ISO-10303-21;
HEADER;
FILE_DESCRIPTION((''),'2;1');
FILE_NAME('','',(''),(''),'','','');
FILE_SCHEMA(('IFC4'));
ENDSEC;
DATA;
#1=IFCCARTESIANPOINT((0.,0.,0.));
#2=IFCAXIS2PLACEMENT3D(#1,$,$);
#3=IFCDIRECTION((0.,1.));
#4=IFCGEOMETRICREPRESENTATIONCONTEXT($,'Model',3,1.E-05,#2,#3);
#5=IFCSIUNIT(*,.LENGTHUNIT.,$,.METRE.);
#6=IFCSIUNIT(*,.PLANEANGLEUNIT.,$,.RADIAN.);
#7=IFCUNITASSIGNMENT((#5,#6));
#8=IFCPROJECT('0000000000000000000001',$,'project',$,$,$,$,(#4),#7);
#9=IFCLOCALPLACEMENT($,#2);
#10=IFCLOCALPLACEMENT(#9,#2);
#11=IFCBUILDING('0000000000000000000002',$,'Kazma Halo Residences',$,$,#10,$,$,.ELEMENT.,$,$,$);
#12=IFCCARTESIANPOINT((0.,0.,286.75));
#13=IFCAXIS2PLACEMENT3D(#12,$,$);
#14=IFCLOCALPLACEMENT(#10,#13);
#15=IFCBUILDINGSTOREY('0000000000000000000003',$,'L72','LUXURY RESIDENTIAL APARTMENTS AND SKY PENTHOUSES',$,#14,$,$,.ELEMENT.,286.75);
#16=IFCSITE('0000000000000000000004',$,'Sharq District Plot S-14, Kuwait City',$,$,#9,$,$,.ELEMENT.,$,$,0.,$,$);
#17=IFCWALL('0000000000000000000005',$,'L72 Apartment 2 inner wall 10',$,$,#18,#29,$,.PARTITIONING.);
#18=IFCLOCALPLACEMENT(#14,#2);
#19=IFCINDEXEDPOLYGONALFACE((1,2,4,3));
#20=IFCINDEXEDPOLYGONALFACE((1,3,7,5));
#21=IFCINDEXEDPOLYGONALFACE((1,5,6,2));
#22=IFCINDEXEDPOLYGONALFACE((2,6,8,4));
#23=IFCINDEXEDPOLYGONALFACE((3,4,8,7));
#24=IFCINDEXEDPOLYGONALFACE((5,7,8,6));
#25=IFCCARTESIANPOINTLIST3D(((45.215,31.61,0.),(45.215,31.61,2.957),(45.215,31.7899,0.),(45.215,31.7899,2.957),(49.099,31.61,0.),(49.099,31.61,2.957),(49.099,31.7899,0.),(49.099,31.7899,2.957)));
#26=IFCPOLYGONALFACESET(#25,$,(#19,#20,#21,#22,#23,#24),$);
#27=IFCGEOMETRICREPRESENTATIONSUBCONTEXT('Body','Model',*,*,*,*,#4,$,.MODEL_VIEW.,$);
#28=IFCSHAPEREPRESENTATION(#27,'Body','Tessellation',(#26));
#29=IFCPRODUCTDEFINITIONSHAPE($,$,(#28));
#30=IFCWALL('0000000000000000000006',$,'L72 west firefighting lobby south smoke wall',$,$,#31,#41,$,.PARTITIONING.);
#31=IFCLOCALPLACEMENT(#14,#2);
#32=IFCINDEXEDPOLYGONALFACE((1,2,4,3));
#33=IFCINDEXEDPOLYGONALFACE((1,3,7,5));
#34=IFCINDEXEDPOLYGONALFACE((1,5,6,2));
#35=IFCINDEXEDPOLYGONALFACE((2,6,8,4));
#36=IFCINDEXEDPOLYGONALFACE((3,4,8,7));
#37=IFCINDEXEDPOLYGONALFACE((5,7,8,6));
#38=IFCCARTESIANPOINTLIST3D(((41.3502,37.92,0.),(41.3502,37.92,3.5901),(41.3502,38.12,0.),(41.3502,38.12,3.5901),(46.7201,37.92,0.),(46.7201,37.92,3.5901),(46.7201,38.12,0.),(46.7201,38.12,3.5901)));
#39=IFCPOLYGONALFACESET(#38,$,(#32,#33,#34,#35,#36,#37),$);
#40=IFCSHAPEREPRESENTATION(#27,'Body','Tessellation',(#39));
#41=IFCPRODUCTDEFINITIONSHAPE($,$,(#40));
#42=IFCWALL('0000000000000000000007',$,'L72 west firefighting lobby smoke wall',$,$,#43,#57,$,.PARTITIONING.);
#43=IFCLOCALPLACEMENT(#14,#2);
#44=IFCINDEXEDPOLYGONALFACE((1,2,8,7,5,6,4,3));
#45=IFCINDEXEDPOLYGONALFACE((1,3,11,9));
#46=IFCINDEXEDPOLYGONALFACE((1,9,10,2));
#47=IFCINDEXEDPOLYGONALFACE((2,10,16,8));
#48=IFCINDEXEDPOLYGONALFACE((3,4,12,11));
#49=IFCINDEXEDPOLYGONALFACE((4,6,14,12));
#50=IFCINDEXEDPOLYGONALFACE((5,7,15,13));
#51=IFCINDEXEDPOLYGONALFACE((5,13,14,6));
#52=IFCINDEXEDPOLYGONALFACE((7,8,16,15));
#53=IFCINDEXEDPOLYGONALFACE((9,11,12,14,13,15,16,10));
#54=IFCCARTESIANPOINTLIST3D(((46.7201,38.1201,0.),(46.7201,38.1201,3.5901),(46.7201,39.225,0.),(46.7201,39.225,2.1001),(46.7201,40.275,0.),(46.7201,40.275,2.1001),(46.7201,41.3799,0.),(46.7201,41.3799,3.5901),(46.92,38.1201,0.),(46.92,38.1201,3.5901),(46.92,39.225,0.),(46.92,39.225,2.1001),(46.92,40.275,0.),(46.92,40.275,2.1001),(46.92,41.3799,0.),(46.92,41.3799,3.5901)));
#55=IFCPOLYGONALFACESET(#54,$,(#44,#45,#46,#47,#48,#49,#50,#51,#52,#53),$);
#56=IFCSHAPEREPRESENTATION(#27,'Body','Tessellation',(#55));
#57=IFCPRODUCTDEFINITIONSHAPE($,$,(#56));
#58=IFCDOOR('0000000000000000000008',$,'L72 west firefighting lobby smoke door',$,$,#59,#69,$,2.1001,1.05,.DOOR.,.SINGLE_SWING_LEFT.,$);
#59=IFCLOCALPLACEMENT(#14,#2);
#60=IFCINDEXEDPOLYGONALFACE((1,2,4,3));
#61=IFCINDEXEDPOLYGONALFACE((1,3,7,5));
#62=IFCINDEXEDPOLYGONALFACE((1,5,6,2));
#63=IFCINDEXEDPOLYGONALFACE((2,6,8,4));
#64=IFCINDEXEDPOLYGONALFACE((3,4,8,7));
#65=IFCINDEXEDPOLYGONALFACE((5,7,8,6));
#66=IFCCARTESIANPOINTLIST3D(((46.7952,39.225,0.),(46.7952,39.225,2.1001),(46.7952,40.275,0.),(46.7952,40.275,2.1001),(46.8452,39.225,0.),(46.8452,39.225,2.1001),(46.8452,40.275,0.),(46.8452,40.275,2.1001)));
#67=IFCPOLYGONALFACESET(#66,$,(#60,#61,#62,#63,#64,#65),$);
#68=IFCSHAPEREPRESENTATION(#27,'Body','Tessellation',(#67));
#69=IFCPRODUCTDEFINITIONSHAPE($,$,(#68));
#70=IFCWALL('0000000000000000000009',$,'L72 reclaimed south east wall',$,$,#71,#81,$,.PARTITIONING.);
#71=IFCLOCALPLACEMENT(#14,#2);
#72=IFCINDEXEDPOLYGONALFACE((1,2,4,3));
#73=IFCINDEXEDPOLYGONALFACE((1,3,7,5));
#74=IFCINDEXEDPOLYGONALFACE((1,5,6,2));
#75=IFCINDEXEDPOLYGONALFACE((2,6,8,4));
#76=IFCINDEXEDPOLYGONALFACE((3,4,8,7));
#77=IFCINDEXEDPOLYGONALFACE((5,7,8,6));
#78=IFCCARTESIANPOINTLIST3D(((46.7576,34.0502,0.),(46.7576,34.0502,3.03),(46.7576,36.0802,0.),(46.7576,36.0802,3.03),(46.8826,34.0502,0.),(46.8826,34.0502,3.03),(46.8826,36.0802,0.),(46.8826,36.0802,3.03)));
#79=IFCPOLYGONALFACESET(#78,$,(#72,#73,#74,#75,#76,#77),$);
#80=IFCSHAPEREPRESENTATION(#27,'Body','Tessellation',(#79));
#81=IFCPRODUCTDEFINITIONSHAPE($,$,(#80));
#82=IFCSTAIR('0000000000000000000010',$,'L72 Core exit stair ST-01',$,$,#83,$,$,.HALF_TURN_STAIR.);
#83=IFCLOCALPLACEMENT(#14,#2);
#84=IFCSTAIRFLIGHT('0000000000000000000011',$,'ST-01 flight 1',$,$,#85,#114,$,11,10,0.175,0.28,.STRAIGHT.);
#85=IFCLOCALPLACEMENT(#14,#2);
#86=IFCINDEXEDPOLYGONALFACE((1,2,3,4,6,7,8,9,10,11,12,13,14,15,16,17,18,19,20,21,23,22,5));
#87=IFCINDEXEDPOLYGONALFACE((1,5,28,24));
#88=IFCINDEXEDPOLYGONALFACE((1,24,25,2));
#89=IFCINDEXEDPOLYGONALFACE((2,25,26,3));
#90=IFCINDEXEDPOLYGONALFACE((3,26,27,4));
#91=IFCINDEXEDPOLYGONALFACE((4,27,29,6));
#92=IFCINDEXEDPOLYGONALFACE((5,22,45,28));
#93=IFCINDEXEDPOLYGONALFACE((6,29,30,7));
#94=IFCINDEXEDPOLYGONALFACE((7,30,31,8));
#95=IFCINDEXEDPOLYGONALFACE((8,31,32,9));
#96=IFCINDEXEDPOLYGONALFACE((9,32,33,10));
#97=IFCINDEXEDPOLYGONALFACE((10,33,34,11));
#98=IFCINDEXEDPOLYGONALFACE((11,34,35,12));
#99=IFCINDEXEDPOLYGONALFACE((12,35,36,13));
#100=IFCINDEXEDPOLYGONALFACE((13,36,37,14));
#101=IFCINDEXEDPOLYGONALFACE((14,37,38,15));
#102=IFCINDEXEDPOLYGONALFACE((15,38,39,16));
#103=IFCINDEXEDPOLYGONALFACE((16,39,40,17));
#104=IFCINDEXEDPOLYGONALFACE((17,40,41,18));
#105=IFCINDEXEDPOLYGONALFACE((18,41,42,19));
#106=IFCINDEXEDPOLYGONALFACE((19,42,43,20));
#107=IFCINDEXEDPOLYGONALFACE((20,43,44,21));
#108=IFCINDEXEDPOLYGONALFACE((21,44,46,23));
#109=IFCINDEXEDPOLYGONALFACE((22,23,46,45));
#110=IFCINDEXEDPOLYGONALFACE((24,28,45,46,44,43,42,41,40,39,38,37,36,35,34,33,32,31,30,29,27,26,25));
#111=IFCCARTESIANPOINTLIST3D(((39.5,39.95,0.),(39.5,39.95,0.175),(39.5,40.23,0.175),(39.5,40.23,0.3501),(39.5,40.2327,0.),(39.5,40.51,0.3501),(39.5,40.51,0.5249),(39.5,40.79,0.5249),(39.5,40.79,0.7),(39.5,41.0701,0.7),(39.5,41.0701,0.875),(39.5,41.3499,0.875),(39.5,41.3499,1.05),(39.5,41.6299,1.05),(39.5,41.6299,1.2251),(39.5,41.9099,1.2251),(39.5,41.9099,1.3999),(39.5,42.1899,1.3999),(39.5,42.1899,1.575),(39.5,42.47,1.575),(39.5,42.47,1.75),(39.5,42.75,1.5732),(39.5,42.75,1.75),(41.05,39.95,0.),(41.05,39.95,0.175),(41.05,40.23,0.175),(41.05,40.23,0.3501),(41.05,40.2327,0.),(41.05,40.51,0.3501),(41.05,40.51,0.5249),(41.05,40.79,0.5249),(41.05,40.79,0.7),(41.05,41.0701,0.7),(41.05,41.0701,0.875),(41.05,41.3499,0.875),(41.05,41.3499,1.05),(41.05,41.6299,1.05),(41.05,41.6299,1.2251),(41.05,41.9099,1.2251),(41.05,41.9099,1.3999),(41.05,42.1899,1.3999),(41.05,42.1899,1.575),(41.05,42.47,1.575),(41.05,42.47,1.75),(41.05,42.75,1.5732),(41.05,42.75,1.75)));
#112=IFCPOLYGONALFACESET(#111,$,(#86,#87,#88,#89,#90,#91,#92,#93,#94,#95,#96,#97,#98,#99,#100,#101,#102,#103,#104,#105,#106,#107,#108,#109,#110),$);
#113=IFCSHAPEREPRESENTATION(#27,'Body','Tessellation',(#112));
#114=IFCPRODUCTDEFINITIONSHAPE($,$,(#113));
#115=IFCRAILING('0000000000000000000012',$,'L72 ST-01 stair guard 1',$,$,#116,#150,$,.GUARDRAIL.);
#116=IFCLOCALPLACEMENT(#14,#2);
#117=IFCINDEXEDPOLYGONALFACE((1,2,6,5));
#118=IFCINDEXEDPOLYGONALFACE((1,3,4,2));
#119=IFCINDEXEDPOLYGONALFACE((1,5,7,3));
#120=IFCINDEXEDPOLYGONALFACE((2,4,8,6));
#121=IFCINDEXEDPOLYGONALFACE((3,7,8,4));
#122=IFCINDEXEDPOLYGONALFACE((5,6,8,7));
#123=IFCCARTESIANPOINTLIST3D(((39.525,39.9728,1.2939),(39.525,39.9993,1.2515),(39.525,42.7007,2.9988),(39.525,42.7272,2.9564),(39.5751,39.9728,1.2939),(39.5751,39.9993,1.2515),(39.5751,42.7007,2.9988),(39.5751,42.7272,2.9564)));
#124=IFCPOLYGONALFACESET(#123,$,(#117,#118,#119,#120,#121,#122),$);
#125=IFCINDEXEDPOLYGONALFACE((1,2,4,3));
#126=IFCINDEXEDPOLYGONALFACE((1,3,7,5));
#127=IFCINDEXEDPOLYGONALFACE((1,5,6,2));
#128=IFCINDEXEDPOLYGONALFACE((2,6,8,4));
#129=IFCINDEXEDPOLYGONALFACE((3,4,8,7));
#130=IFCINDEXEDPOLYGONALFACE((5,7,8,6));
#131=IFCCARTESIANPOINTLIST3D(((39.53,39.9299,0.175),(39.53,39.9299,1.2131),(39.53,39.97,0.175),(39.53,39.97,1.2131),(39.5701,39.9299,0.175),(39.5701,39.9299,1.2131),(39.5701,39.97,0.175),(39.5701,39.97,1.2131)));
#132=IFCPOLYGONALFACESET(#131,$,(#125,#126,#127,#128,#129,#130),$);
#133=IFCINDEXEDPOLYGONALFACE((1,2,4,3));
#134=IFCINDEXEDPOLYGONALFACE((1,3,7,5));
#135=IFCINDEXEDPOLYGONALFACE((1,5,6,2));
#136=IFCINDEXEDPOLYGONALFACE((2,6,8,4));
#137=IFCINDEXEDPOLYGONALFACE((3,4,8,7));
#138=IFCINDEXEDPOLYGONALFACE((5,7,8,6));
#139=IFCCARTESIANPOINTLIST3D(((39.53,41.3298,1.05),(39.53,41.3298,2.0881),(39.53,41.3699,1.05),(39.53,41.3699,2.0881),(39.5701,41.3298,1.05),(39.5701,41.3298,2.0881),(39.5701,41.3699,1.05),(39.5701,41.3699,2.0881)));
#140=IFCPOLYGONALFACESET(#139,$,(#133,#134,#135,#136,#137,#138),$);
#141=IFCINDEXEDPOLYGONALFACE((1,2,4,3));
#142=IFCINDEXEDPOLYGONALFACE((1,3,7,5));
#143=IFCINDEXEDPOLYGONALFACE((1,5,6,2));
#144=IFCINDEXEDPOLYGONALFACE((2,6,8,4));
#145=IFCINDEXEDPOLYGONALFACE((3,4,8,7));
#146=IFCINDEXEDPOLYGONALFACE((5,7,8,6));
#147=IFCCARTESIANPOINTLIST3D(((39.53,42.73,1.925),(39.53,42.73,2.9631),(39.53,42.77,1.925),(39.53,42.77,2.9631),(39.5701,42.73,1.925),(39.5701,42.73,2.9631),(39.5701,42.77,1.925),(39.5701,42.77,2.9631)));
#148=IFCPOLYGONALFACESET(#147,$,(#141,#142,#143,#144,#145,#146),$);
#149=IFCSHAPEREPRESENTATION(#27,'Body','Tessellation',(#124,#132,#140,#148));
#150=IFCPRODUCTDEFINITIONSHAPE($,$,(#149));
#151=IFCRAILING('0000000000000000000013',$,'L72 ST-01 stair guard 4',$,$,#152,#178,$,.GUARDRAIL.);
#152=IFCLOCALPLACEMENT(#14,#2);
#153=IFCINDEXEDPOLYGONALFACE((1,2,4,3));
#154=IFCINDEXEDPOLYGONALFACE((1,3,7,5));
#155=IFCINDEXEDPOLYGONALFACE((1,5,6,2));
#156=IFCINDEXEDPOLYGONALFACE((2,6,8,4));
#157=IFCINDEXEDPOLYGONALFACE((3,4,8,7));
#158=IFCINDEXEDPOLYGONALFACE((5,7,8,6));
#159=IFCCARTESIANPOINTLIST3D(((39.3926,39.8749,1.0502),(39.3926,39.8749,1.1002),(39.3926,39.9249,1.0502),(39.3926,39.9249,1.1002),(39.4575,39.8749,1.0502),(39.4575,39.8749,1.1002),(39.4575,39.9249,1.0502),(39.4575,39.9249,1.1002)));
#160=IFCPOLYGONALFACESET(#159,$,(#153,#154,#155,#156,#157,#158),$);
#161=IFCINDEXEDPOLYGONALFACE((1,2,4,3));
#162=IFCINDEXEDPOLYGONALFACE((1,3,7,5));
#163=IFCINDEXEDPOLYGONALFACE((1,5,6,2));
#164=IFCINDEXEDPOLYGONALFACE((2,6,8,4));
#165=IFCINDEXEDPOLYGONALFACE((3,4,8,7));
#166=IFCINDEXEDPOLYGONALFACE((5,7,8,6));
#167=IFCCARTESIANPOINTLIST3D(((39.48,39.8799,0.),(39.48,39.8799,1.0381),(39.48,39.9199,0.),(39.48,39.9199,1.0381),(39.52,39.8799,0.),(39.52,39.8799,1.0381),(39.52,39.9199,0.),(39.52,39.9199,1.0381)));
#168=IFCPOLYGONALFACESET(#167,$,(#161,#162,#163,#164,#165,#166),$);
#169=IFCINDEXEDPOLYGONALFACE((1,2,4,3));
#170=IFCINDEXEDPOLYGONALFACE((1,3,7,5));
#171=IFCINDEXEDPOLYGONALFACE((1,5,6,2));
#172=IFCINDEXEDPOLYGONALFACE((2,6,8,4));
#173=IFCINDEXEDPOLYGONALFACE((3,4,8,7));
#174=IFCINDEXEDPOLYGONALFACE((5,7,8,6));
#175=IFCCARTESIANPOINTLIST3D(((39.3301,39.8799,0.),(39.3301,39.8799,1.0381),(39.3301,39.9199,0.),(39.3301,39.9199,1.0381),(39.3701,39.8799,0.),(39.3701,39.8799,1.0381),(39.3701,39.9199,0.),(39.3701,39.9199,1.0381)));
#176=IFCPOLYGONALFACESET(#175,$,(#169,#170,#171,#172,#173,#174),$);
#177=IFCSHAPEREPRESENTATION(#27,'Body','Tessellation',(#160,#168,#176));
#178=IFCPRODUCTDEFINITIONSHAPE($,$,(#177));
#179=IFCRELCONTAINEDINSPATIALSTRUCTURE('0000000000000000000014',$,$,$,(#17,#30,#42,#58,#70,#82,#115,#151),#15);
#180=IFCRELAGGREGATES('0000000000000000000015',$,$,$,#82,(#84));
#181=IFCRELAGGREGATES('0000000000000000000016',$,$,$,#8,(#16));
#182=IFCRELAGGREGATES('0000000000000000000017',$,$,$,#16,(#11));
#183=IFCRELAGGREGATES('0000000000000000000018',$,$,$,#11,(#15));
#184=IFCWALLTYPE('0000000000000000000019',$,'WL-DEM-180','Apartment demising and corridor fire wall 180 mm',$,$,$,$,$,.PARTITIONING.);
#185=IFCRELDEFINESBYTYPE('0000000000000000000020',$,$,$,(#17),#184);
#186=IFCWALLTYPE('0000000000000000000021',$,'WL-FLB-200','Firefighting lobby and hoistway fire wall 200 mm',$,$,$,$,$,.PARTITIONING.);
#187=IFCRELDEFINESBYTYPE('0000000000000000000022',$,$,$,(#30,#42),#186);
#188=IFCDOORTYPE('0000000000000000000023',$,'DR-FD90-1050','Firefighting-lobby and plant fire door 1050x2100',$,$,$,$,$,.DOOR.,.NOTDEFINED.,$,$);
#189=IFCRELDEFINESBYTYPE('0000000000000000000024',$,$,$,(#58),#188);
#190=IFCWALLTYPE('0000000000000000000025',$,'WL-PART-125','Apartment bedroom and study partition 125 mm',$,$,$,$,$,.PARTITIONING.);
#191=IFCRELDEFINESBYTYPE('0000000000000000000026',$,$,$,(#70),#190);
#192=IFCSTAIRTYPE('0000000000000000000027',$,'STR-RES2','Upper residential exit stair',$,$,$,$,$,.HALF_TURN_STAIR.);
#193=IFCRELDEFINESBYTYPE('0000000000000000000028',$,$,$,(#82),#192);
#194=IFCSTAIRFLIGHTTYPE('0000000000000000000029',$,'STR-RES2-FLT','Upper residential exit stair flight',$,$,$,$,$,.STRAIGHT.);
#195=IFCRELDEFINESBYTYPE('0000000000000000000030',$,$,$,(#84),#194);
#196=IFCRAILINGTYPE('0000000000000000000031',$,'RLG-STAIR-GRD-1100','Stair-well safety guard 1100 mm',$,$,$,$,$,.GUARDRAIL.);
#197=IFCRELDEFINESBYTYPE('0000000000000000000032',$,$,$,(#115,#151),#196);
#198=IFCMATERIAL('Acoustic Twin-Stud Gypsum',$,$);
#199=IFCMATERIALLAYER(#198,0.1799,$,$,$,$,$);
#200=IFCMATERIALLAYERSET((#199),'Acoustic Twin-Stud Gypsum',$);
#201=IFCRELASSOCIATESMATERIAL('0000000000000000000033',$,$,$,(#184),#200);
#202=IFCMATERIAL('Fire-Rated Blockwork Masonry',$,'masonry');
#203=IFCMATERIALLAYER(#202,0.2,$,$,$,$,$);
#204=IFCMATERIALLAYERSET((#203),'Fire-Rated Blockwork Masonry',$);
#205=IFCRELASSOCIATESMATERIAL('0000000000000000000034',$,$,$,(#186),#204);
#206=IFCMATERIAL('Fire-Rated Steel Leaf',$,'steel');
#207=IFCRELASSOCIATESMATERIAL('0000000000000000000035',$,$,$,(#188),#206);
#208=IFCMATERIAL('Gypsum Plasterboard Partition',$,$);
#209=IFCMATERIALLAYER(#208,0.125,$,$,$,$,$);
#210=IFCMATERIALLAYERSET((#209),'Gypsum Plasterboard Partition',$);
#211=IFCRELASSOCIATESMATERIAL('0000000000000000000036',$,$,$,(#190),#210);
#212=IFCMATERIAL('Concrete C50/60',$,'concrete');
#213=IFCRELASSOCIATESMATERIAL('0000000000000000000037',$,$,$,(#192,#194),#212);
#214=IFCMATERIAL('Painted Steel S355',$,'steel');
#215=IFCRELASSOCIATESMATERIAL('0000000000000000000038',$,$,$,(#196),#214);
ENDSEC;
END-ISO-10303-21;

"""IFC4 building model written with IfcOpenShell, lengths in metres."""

from ifc_helpers import new_model, si_unit, direction, frame, frame_2d, origin, origin_2d, place, context, subcontext, project, spatial, polyline, rectangle, outline, extrude, material, layer, layer_set, type_object, element, fill, aggregate, save


model = new_model("IFC4")

# Units and contexts
model_context = context("Model", 3, precision=1e-05, world=origin(), true_north=direction((0.0, 1.0)))
body_context = subcontext(model_context, "Body", "Model", "MODEL_VIEW")
ifc_project = project(units=[si_unit("LENGTHUNIT", "METRE"), si_unit("PLANEANGLEUNIT", "RADIAN")], contexts=[model_context])

# Site, building, storey
site_placement = place(None, origin())
site = spatial("IfcSite", under=ifc_project, at=site_placement, Name="Sharq District Plot S-14, Kuwait City", CompositionType="ELEMENT", RefElevation=0.0)
building_placement = place(site_placement, origin())
building = spatial("IfcBuilding", under=site, at=building_placement, Name="Kazma Halo Residences", CompositionType="ELEMENT")
storey_placement = place(building_placement, frame((0.0, 0.0, 286.75)))
storey = spatial("IfcBuildingStorey", under=building, at=storey_placement, Name="L72", Description="LUXURY RESIDENTIAL APARTMENTS AND SKY PENTHOUSES", CompositionType="ELEMENT", Elevation=286.75)

# Shared definitions
ifc_material_1 = material(Name="Acoustic Twin-Stud Gypsum")
ifc_layer_1 = layer(ifc_material_1, 0.1799)
ifc_layer_set_1 = layer_set([ifc_layer_1], Name="Acoustic Twin-Stud Gypsum")
wall_type_1 = type_object("IfcWallType", Name="WL-DEM-180", Description="Apartment demising and corridor fire wall 180 mm", PredefinedType="PARTITIONING", material=ifc_layer_set_1)

# Walls
wall_1_placement = place(storey_placement, frame((45.2151, 31.7, 0.0), z_axis=(0.0, 0.0, 1.0), x_axis=(1.0, 0.0, 0.0)))
element("IfcWall", 1, at=wall_1_placement, inside=storey, type_object=wall_type_1, Name="L72 Apartment 2 inner wall 10", PredefinedType="PARTITIONING", context=body_context, shape_type="SweptSolid", body=[
    extrude(rectangle(XDim=3.884, YDim=0.1799, at=frame_2d((1.9419, 0.0))), origin(), (0.0, 0.0, 1.0), 2.957),
])
ifc_material_2 = material(Name="Fire-Rated Blockwork Masonry", Category="masonry")
ifc_layer_2 = layer(ifc_material_2, 0.2)
ifc_layer_set_2 = layer_set([ifc_layer_2], Name="Fire-Rated Blockwork Masonry")
wall_type_2 = type_object("IfcWallType", Name="WL-FLB-200", Description="Firefighting lobby and hoistway fire wall 200 mm", PredefinedType="PARTITIONING", material=ifc_layer_set_2)
wall_2_placement = place(storey_placement, frame((41.3501, 38.02, 0.0), z_axis=(0.0, 0.0, 1.0), x_axis=(1.0, 0.0, 0.0)))
element("IfcWall", 2, at=wall_2_placement, inside=storey, type_object=wall_type_2, Name="L72 west firefighting lobby south smoke wall", PredefinedType="PARTITIONING", context=body_context, shape_type="SweptSolid", body=[
    extrude(rectangle(XDim=5.3699, YDim=0.2, at=frame_2d((2.6851, 0.0))), origin(), (0.0, 0.0, 1.0), 3.5901),
])

# Wall, opening, door
wall_3_placement = place(storey_placement, frame((46.8201, 38.1201, 0.0), z_axis=(0.0, 0.0, 1.0), x_axis=(0.0, 1.0, 0.0)))
wall_3 = element("IfcWall", 3, at=wall_3_placement, inside=storey, type_object=wall_type_2, Name="L72 west firefighting lobby smoke wall", PredefinedType="PARTITIONING", context=body_context, shape_type="SweptSolid", body=[
    extrude(rectangle(XDim=3.2598, YDim=0.2, at=frame_2d((1.6299, 0.0))), origin(), (0.0, 0.0, 1.0), 3.5901),
])
opening_1_placement = place(wall_3_placement, frame((1.105, 0.0, 0.0)))
opening_1 = element("IfcOpeningElement", 4, at=opening_1_placement, cuts=wall_3, PredefinedType="OPENING", context=body_context, shape_type="SweptSolid", body=[
    extrude(rectangle(XDim=1.05, YDim=2.1001, at=frame_2d((0.5249, 1.05))), frame((0.0, 0.1099, 0.0), z_axis=(0.0, -1.0, 0.0), x_axis=(1.0, 0.0, 0.0)), (0.0, 0.0, 1.0), 0.22),
])
ifc_material_3 = material(Name="Fire-Rated Steel Leaf", Category="steel")
door_type_1 = type_object("IfcDoorType", Name="DR-FD90-1050", Description="Firefighting-lobby and plant fire door 1050x2100", OperationType="NOTDEFINED", PredefinedType="DOOR", material=ifc_material_3)
door_1_placement = place(opening_1_placement, origin())
door_1 = element("IfcDoor", 5, at=door_1_placement, inside=storey, type_object=door_type_1, Name="L72 west firefighting lobby smoke door", OperationType="SINGLE_SWING_LEFT", OverallHeight=2.1001, OverallWidth=1.05, PredefinedType="DOOR", context=body_context, shape_type="SweptSolid", body=[
    extrude(rectangle(XDim=1.05, YDim=2.1001, at=frame_2d((0.5249, 1.05))), frame((0.0, 0.0249, 0.0), z_axis=(0.0, -1.0, 0.0), x_axis=(1.0, 0.0, 0.0)), (0.0, 0.0, 1.0), 0.05),
])
fill(opening_1, door_1)

# Wall
ifc_material_4 = material(Name="Gypsum Plasterboard Partition")
ifc_layer_3 = layer(ifc_material_4, 0.125)
ifc_layer_set_3 = layer_set([ifc_layer_3], Name="Gypsum Plasterboard Partition")
wall_type_3 = type_object("IfcWallType", Name="WL-PART-125", Description="Apartment bedroom and study partition 125 mm", PredefinedType="PARTITIONING", material=ifc_layer_set_3)
wall_4_placement = place(storey_placement, frame((46.8201, 34.05, 0.0), z_axis=(0.0, 0.0, 1.0), x_axis=(0.0, 1.0, 0.0)))
element("IfcWall", 6, at=wall_4_placement, inside=storey, type_object=wall_type_3, Name="L72 reclaimed south east wall", PredefinedType="PARTITIONING", context=body_context, shape_type="SweptSolid", body=[
    extrude(rectangle(XDim=2.03, YDim=0.125, at=frame_2d((1.0151, 0.0))), origin(), (0.0, 0.0, 1.0), 3.03),
])

# Shared definitions
ifc_material_5 = material(Name="Concrete C50/60", Category="concrete")

# Stair, stair flight
stair_type = type_object("IfcStairType", Name="STR-RES2", Description="Upper residential exit stair", PredefinedType="HALF_TURN_STAIR", material=ifc_material_5)
stair_placement = place(storey_placement, origin())
stair = element("IfcStair", 7, at=stair_placement, inside=storey, type_object=stair_type, Name="L72 Core exit stair ST-01", PredefinedType="HALF_TURN_STAIR")
stair_flight_type = type_object("IfcStairFlightType", Name="STR-RES2-FLT", Description="Upper residential exit stair flight", PredefinedType="STRAIGHT", material=ifc_material_5)
stair_flight_placement = place(storey_placement, frame((40.2749, 39.95, 0.0), z_axis=(0.0, 0.0, 1.0), x_axis=(0.0, 1.0, 0.0)))
stair_flight = element("IfcStairFlight", 8, at=stair_flight_placement, type_object=stair_flight_type, Name="ST-01 flight 1", NumberOfRisers=11, NumberOfTreads=10, PredefinedType="STRAIGHT", RiserHeight=0.175, TreadLength=0.28, context=body_context, shape_type="SweptSolid", body=[
    extrude(outline(polyline([(0.0, 0.0), (0.0, 0.175), (0.28, 0.175), (0.28, 0.3501), (0.5601, 0.3501), (0.5601, 0.5249), (0.8401, 0.5249), (0.8401, 0.7), (1.1201, 0.7), (1.1201, 0.875), (1.3999, 0.875), (1.3999, 1.05), (1.6799, 1.05), (1.6799, 1.2251), (1.96, 1.2251), (1.96, 1.3999), (2.24, 1.3999), (2.24, 1.575), (2.52, 1.575), (2.52, 1.75), (2.8, 1.75), (2.8, 1.925), (2.8, 1.5732), (0.2827, 0.0), (0.0, 0.0)])), frame((0.0, 0.7749, 0.0), z_axis=(0.0, -1.0, 0.0), x_axis=(1.0, 0.0, 0.0)), (0.0, 0.0, 1.0), 1.55),
])
aggregate(stair, [stair_flight])

# Railings
ifc_material_6 = material(Name="Painted Steel S355", Category="steel")
railing_type_1 = type_object("IfcRailingType", Name="RLG-STAIR-GRD-1100", Description="Stair-well safety guard 1100 mm", PredefinedType="GUARDRAIL", material=ifc_material_6)
railing_1_placement = place(storey_placement, frame((39.55, 39.95, 0.175)))
element("IfcRailing", 9, at=railing_1_placement, inside=storey, type_object=railing_type_1, Name="L72 ST-01 stair guard 1", PredefinedType="GUARDRAIL", context=body_context, shape_type="SweptSolid", body=[
    extrude(rectangle(XDim=0.05, YDim=0.05, at=origin_2d()), frame((0.0, 0.0361, 1.0977), z_axis=(0.0, 0.848002, 0.529992), x_axis=(-1.0, 0.0, 0.0)), (0.0, 0.0, 1.0), 3.2168),
    extrude(rectangle(XDim=0.04, YDim=0.04, at=origin_2d()), origin(), (0.0, 0.0, 1.0), 1.0381),
    extrude(rectangle(XDim=0.04, YDim=0.04, at=origin_2d()), frame((0.0, 1.3999, 0.875)), (0.0, 0.0, 1.0), 1.0381),
    extrude(rectangle(XDim=0.04, YDim=0.04, at=origin_2d()), frame((0.0, 2.8, 1.75)), (0.0, 0.0, 1.0), 1.0381),
])
railing_2_placement = place(storey_placement, frame((39.5, 39.8999, 0.0)))
element("IfcRailing", 10, at=railing_2_placement, inside=storey, type_object=railing_type_1, Name="L72 ST-01 stair guard 4", PredefinedType="GUARDRAIL", context=body_context, shape_type="SweptSolid", body=[
    extrude(rectangle(XDim=0.05, YDim=0.05, at=origin_2d()), frame((-0.0425, 0.0, 1.0752), z_axis=(-1.0, 0.0, 0.0), x_axis=(0.0, -1.0, 0.0)), (0.0, 0.0, 1.0), 0.0649),
    extrude(rectangle(XDim=0.04, YDim=0.04, at=origin_2d()), origin(), (0.0, 0.0, 1.0), 1.0381),
    extrude(rectangle(XDim=0.04, YDim=0.04, at=origin_2d()), frame((-0.1499, 0.0, 0.0)), (0.0, 0.0, 1.0), 1.0381),
])

save(model, "model.ifc")
